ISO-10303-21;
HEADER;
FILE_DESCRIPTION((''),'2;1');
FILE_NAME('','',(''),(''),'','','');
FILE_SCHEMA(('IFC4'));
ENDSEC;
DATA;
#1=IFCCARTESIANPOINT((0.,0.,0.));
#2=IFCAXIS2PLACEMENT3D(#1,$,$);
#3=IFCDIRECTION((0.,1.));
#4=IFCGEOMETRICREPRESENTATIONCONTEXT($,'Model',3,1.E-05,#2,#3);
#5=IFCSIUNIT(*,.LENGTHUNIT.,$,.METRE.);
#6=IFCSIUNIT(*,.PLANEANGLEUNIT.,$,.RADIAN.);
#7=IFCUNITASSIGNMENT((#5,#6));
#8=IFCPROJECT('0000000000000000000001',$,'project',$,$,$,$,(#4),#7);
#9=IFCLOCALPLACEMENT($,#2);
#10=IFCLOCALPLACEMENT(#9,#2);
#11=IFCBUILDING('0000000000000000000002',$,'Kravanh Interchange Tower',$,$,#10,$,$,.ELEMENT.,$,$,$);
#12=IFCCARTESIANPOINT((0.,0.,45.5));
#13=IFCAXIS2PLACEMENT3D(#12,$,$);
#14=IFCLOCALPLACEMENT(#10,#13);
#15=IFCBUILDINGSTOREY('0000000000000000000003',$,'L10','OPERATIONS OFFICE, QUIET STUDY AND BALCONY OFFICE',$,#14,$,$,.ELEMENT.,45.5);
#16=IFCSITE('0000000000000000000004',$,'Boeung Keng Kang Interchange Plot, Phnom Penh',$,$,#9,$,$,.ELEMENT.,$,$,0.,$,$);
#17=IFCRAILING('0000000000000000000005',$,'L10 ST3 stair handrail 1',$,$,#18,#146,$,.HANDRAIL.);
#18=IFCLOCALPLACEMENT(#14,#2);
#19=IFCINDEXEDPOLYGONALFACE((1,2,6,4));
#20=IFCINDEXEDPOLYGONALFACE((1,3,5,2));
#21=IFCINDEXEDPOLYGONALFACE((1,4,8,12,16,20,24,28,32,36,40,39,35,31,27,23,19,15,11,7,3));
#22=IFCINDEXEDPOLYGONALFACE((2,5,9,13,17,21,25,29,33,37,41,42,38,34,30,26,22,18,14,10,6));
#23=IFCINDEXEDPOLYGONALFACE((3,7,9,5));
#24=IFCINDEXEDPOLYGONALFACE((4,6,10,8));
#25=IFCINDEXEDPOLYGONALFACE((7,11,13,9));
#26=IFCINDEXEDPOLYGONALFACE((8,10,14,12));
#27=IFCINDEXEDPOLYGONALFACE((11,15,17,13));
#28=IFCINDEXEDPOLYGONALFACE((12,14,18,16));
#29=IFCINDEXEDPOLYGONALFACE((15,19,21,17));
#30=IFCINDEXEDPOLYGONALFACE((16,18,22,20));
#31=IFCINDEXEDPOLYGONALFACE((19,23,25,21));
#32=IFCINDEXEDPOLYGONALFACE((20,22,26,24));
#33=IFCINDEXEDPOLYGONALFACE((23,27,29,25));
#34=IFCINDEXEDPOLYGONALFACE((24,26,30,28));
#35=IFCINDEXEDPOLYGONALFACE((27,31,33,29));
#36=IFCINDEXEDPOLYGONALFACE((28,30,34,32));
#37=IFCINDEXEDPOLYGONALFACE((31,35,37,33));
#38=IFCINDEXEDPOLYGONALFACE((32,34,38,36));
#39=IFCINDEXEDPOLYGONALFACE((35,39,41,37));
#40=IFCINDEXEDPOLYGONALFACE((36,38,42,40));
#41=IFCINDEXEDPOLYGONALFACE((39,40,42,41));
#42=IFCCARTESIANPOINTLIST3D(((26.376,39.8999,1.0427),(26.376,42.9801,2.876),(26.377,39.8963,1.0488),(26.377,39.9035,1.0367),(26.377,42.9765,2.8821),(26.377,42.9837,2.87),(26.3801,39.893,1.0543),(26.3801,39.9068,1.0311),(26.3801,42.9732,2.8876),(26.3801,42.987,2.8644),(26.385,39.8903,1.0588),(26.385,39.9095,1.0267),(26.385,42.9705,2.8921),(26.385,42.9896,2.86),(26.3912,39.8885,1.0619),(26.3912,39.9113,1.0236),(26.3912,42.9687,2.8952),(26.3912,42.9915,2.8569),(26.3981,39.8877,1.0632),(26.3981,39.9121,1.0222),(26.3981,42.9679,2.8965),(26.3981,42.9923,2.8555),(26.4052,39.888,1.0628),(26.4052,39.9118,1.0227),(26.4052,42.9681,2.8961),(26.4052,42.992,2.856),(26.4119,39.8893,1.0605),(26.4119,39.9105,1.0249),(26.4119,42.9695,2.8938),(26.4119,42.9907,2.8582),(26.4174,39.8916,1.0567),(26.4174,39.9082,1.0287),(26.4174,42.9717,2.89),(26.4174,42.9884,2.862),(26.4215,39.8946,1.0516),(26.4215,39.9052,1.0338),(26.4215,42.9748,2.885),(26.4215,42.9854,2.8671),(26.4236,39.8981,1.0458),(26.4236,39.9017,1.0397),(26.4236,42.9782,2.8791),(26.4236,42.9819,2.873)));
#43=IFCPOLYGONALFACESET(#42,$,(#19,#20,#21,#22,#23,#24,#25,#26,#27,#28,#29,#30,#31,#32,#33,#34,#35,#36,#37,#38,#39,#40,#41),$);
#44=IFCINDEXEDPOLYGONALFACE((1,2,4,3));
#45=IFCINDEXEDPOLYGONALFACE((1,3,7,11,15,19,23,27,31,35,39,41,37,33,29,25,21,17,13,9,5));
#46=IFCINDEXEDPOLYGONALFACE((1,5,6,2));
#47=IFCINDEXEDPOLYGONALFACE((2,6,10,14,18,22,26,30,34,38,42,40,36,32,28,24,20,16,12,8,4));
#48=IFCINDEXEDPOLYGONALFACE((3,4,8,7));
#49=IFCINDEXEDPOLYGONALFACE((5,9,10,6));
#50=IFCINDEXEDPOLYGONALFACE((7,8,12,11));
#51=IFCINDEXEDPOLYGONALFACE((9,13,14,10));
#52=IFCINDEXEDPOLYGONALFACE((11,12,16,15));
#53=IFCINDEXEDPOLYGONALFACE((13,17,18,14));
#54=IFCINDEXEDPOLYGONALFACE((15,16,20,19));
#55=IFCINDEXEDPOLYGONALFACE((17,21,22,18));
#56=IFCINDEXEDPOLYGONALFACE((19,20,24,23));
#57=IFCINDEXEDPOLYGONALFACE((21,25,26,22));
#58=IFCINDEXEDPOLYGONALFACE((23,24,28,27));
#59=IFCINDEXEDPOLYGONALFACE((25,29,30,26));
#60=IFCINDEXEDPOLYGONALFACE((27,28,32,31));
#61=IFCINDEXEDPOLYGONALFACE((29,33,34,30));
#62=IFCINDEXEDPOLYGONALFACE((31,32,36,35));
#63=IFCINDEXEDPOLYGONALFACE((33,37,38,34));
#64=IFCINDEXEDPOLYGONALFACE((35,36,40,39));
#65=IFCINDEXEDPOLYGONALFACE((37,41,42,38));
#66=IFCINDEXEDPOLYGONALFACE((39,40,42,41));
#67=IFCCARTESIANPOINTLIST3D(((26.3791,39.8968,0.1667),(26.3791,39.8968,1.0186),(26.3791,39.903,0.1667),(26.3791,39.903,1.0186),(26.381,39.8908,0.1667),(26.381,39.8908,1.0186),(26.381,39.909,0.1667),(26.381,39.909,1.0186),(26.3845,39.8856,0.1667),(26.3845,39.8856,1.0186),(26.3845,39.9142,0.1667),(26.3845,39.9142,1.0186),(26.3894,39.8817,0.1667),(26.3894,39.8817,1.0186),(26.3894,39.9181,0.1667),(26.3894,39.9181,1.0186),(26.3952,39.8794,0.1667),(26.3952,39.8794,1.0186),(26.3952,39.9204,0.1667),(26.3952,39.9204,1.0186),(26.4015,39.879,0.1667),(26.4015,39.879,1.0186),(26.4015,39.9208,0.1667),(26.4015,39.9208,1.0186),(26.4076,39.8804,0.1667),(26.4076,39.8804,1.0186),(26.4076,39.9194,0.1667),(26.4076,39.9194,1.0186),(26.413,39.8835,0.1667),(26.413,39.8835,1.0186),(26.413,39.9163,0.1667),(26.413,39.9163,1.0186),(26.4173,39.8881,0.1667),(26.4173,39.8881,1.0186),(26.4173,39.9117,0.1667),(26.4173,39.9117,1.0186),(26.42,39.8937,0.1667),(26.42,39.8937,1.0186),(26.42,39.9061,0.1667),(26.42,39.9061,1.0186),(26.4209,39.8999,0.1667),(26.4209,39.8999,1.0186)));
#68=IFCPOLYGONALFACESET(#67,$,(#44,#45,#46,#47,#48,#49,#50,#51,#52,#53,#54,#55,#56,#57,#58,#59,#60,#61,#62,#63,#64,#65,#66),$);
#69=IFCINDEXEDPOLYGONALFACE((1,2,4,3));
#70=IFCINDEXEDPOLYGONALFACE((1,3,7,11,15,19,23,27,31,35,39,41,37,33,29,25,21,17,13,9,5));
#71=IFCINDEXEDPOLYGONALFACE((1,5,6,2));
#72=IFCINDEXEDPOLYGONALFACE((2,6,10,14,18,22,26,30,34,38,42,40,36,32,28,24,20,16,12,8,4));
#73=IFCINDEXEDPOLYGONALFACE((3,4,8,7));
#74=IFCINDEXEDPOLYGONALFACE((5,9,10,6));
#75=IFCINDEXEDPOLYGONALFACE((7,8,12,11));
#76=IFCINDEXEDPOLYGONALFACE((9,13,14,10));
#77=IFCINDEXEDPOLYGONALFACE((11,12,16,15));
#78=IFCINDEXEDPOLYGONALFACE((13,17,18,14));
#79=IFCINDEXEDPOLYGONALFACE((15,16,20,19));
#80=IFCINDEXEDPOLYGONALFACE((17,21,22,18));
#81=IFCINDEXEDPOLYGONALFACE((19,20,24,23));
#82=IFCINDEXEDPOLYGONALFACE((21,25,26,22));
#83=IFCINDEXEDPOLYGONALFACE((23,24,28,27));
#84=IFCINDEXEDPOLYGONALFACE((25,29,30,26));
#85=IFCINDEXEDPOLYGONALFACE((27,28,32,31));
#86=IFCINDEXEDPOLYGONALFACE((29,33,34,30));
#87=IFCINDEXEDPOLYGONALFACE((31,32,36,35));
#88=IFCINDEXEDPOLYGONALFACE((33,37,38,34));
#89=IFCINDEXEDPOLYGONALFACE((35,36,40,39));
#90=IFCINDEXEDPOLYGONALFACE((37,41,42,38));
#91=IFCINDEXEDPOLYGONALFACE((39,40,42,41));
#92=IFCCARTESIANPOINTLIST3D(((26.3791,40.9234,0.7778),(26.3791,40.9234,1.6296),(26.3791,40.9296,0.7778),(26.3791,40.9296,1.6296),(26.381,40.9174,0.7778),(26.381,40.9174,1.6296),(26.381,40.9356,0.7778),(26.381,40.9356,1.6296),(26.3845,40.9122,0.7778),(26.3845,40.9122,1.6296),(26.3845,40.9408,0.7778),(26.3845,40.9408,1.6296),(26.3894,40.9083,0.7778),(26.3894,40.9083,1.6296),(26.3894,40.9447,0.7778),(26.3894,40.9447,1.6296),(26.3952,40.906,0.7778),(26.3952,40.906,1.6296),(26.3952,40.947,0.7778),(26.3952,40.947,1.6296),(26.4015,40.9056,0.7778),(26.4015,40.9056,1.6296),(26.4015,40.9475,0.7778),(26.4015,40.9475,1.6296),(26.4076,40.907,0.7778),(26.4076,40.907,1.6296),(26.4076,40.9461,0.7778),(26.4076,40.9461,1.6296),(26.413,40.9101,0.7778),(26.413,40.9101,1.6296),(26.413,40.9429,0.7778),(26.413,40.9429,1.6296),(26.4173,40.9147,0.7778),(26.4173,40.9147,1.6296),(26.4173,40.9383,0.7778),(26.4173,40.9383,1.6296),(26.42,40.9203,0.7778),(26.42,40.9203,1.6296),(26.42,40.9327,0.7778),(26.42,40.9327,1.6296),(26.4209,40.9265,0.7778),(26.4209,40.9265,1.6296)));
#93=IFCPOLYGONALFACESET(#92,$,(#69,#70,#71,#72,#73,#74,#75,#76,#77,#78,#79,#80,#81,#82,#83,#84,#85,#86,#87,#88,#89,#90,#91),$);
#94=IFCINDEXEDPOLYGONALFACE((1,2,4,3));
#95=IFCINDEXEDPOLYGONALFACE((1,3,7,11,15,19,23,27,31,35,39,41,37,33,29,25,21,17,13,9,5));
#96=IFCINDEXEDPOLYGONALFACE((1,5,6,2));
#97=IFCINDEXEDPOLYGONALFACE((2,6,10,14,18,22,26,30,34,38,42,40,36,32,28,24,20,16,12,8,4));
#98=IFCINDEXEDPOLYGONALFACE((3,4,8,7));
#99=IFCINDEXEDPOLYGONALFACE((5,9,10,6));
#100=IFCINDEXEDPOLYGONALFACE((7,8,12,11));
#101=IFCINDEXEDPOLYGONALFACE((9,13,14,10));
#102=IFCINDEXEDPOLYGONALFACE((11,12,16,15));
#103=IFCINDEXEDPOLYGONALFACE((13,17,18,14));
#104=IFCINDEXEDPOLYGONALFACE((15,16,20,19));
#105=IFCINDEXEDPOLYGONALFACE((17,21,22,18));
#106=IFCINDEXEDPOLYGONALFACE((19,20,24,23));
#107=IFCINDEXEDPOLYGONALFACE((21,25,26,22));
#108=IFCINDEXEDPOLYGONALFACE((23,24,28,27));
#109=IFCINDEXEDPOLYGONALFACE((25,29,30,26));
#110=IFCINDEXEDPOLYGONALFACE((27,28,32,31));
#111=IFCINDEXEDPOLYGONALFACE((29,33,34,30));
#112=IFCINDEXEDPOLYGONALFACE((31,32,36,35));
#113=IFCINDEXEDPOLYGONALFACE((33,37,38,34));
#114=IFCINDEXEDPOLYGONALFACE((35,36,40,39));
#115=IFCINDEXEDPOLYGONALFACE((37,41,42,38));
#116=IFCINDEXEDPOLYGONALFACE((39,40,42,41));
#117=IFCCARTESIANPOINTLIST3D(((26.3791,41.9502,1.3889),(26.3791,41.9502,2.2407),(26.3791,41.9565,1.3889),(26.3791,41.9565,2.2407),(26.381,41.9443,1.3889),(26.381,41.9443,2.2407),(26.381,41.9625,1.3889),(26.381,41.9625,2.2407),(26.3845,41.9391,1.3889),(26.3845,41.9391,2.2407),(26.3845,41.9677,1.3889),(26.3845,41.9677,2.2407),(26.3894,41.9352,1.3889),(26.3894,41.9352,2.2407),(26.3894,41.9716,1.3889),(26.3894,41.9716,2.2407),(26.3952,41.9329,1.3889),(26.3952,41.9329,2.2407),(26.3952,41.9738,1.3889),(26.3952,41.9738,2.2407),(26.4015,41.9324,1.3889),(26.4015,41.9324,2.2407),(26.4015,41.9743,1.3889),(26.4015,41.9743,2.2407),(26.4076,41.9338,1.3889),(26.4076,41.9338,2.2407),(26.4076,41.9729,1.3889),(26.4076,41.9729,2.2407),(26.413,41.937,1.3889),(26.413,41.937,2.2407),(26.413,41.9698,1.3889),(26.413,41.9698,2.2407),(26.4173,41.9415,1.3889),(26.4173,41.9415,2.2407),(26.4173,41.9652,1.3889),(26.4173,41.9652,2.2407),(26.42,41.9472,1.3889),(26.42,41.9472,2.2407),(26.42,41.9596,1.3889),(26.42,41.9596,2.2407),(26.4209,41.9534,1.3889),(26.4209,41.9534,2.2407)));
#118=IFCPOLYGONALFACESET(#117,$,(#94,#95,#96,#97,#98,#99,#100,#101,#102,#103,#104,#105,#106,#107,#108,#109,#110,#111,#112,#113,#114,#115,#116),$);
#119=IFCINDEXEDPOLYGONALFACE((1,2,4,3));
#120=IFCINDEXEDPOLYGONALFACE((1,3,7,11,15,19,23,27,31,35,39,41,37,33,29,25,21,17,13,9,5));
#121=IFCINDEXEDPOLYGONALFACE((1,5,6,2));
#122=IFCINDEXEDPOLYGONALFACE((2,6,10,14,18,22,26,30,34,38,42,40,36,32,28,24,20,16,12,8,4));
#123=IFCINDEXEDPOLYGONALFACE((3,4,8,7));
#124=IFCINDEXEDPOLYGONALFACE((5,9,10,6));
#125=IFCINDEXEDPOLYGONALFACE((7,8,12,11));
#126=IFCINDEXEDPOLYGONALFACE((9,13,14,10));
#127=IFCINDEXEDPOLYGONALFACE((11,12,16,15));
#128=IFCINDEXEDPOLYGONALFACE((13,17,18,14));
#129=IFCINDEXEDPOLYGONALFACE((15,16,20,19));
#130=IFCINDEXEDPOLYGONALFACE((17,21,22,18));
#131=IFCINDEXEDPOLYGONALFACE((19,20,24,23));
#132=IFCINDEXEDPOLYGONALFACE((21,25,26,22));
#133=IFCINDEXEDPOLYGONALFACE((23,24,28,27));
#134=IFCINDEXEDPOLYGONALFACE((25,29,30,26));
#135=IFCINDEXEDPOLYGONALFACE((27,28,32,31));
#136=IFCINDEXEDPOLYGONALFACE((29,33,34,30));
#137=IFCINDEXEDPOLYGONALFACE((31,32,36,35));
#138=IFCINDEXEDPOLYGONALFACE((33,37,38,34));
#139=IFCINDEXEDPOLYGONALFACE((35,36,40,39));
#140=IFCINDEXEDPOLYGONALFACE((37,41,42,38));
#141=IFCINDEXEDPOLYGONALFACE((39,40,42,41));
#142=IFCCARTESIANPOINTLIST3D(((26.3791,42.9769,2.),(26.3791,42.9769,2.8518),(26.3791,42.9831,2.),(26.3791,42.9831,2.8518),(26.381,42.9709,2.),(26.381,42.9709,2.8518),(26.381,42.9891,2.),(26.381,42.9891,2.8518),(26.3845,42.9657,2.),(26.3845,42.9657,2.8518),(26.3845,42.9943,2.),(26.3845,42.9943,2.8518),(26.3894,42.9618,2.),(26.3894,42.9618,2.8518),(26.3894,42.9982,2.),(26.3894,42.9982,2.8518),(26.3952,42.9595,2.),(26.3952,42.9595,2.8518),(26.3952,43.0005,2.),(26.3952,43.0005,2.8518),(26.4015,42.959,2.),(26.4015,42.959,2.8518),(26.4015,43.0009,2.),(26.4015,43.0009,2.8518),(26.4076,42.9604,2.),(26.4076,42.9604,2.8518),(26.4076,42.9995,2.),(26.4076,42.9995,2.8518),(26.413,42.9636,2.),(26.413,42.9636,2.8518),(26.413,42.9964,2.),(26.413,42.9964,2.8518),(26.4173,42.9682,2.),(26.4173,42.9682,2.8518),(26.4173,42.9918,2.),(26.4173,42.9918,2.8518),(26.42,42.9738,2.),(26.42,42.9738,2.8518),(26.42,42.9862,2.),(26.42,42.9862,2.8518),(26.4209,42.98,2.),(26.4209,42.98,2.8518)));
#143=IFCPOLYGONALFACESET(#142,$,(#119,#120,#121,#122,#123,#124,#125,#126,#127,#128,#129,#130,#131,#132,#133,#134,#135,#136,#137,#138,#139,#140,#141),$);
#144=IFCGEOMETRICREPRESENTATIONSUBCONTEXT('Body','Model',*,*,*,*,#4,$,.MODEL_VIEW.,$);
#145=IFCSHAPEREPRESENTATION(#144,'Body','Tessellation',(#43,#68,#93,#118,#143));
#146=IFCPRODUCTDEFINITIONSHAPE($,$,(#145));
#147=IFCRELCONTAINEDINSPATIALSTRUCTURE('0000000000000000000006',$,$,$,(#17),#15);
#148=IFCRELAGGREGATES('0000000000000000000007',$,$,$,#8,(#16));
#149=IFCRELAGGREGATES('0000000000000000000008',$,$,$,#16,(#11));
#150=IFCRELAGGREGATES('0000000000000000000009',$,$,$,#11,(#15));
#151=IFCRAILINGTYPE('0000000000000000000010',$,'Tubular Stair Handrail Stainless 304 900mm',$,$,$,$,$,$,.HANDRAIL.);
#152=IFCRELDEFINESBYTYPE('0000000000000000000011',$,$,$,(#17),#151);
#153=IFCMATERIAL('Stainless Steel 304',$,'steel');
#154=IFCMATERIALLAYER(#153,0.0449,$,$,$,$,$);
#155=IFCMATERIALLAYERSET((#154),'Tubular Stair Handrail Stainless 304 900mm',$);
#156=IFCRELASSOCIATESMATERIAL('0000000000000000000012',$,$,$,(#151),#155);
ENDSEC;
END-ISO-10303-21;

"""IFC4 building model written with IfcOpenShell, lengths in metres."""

from ifc_helpers import new_model, si_unit, direction, frame, origin, origin_2d, place, context, subcontext, project, spatial, circle, extrude, material, layer, layer_set, type_object, element, save


model = new_model("IFC4")

# Units and contexts
model_context = context("Model", 3, precision=1e-05, world=origin(), true_north=direction((0.0, 1.0)))
body_context = subcontext(model_context, "Body", "Model", "MODEL_VIEW")
ifc_project = project(units=[si_unit("LENGTHUNIT", "METRE"), si_unit("PLANEANGLEUNIT", "RADIAN")], contexts=[model_context])

# Site, building, storey
site_placement = place(None, origin())
site = spatial("IfcSite", under=ifc_project, at=site_placement, Name="Boeung Keng Kang Interchange Plot, Phnom Penh", CompositionType="ELEMENT", RefElevation=0.0)
building_placement = place(site_placement, origin())
building = spatial("IfcBuilding", under=site, at=building_placement, Name="Kravanh Interchange Tower", CompositionType="ELEMENT")
storey_placement = place(building_placement, frame((0.0, 0.0, 45.5)))
storey = spatial("IfcBuildingStorey", under=building, at=storey_placement, Name="L10", Description="OPERATIONS OFFICE, QUIET STUDY AND BALCONY OFFICE", CompositionType="ELEMENT", Elevation=45.5)

# Railing
ifc_material_1 = material(Name="Stainless Steel 304", Category="steel")
ifc_layer_1 = layer(ifc_material_1, 0.0449)
ifc_layer_set_1 = layer_set([ifc_layer_1], Name="Tubular Stair Handrail Stainless 304 900mm")
railing_type_1 = type_object("IfcRailingType", Name="Tubular Stair Handrail Stainless 304 900mm", PredefinedType="HANDRAIL", material=ifc_layer_set_1)
railing_1_placement = place(storey_placement, frame((26.3999, 39.8999, 0.1667)))
element("IfcRailing", 1, at=railing_1_placement, inside=storey, type_object=railing_type_1, Name="L10 ST3 stair handrail 1", PredefinedType="HANDRAIL", context=body_context, shape_type="SweptSolid", body=[
    extrude(circle(Radius=0.0239, at=origin_2d()), frame((0.0, 0.0, 0.876), z_axis=(0.0, 0.859309, 0.511458), x_axis=(-1.0, 0.0, 0.0)), (0.0, 0.0, 1.0), 3.5845),
    extrude(circle(Radius=0.021, at=origin_2d()), origin(), (0.0, 0.0, 1.0), 0.8518),
    extrude(circle(Radius=0.021, at=origin_2d()), frame((0.0, 1.0266, 0.6111)), (0.0, 0.0, 1.0), 0.8518),
    extrude(circle(Radius=0.021, at=origin_2d()), frame((0.0, 2.0535, 1.2222)), (0.0, 0.0, 1.0), 0.8518),
    extrude(circle(Radius=0.021, at=origin_2d()), frame((0.0, 3.0801, 1.8333)), (0.0, 0.0, 1.0), 0.8518),
])

save(model, "model.ifc")
